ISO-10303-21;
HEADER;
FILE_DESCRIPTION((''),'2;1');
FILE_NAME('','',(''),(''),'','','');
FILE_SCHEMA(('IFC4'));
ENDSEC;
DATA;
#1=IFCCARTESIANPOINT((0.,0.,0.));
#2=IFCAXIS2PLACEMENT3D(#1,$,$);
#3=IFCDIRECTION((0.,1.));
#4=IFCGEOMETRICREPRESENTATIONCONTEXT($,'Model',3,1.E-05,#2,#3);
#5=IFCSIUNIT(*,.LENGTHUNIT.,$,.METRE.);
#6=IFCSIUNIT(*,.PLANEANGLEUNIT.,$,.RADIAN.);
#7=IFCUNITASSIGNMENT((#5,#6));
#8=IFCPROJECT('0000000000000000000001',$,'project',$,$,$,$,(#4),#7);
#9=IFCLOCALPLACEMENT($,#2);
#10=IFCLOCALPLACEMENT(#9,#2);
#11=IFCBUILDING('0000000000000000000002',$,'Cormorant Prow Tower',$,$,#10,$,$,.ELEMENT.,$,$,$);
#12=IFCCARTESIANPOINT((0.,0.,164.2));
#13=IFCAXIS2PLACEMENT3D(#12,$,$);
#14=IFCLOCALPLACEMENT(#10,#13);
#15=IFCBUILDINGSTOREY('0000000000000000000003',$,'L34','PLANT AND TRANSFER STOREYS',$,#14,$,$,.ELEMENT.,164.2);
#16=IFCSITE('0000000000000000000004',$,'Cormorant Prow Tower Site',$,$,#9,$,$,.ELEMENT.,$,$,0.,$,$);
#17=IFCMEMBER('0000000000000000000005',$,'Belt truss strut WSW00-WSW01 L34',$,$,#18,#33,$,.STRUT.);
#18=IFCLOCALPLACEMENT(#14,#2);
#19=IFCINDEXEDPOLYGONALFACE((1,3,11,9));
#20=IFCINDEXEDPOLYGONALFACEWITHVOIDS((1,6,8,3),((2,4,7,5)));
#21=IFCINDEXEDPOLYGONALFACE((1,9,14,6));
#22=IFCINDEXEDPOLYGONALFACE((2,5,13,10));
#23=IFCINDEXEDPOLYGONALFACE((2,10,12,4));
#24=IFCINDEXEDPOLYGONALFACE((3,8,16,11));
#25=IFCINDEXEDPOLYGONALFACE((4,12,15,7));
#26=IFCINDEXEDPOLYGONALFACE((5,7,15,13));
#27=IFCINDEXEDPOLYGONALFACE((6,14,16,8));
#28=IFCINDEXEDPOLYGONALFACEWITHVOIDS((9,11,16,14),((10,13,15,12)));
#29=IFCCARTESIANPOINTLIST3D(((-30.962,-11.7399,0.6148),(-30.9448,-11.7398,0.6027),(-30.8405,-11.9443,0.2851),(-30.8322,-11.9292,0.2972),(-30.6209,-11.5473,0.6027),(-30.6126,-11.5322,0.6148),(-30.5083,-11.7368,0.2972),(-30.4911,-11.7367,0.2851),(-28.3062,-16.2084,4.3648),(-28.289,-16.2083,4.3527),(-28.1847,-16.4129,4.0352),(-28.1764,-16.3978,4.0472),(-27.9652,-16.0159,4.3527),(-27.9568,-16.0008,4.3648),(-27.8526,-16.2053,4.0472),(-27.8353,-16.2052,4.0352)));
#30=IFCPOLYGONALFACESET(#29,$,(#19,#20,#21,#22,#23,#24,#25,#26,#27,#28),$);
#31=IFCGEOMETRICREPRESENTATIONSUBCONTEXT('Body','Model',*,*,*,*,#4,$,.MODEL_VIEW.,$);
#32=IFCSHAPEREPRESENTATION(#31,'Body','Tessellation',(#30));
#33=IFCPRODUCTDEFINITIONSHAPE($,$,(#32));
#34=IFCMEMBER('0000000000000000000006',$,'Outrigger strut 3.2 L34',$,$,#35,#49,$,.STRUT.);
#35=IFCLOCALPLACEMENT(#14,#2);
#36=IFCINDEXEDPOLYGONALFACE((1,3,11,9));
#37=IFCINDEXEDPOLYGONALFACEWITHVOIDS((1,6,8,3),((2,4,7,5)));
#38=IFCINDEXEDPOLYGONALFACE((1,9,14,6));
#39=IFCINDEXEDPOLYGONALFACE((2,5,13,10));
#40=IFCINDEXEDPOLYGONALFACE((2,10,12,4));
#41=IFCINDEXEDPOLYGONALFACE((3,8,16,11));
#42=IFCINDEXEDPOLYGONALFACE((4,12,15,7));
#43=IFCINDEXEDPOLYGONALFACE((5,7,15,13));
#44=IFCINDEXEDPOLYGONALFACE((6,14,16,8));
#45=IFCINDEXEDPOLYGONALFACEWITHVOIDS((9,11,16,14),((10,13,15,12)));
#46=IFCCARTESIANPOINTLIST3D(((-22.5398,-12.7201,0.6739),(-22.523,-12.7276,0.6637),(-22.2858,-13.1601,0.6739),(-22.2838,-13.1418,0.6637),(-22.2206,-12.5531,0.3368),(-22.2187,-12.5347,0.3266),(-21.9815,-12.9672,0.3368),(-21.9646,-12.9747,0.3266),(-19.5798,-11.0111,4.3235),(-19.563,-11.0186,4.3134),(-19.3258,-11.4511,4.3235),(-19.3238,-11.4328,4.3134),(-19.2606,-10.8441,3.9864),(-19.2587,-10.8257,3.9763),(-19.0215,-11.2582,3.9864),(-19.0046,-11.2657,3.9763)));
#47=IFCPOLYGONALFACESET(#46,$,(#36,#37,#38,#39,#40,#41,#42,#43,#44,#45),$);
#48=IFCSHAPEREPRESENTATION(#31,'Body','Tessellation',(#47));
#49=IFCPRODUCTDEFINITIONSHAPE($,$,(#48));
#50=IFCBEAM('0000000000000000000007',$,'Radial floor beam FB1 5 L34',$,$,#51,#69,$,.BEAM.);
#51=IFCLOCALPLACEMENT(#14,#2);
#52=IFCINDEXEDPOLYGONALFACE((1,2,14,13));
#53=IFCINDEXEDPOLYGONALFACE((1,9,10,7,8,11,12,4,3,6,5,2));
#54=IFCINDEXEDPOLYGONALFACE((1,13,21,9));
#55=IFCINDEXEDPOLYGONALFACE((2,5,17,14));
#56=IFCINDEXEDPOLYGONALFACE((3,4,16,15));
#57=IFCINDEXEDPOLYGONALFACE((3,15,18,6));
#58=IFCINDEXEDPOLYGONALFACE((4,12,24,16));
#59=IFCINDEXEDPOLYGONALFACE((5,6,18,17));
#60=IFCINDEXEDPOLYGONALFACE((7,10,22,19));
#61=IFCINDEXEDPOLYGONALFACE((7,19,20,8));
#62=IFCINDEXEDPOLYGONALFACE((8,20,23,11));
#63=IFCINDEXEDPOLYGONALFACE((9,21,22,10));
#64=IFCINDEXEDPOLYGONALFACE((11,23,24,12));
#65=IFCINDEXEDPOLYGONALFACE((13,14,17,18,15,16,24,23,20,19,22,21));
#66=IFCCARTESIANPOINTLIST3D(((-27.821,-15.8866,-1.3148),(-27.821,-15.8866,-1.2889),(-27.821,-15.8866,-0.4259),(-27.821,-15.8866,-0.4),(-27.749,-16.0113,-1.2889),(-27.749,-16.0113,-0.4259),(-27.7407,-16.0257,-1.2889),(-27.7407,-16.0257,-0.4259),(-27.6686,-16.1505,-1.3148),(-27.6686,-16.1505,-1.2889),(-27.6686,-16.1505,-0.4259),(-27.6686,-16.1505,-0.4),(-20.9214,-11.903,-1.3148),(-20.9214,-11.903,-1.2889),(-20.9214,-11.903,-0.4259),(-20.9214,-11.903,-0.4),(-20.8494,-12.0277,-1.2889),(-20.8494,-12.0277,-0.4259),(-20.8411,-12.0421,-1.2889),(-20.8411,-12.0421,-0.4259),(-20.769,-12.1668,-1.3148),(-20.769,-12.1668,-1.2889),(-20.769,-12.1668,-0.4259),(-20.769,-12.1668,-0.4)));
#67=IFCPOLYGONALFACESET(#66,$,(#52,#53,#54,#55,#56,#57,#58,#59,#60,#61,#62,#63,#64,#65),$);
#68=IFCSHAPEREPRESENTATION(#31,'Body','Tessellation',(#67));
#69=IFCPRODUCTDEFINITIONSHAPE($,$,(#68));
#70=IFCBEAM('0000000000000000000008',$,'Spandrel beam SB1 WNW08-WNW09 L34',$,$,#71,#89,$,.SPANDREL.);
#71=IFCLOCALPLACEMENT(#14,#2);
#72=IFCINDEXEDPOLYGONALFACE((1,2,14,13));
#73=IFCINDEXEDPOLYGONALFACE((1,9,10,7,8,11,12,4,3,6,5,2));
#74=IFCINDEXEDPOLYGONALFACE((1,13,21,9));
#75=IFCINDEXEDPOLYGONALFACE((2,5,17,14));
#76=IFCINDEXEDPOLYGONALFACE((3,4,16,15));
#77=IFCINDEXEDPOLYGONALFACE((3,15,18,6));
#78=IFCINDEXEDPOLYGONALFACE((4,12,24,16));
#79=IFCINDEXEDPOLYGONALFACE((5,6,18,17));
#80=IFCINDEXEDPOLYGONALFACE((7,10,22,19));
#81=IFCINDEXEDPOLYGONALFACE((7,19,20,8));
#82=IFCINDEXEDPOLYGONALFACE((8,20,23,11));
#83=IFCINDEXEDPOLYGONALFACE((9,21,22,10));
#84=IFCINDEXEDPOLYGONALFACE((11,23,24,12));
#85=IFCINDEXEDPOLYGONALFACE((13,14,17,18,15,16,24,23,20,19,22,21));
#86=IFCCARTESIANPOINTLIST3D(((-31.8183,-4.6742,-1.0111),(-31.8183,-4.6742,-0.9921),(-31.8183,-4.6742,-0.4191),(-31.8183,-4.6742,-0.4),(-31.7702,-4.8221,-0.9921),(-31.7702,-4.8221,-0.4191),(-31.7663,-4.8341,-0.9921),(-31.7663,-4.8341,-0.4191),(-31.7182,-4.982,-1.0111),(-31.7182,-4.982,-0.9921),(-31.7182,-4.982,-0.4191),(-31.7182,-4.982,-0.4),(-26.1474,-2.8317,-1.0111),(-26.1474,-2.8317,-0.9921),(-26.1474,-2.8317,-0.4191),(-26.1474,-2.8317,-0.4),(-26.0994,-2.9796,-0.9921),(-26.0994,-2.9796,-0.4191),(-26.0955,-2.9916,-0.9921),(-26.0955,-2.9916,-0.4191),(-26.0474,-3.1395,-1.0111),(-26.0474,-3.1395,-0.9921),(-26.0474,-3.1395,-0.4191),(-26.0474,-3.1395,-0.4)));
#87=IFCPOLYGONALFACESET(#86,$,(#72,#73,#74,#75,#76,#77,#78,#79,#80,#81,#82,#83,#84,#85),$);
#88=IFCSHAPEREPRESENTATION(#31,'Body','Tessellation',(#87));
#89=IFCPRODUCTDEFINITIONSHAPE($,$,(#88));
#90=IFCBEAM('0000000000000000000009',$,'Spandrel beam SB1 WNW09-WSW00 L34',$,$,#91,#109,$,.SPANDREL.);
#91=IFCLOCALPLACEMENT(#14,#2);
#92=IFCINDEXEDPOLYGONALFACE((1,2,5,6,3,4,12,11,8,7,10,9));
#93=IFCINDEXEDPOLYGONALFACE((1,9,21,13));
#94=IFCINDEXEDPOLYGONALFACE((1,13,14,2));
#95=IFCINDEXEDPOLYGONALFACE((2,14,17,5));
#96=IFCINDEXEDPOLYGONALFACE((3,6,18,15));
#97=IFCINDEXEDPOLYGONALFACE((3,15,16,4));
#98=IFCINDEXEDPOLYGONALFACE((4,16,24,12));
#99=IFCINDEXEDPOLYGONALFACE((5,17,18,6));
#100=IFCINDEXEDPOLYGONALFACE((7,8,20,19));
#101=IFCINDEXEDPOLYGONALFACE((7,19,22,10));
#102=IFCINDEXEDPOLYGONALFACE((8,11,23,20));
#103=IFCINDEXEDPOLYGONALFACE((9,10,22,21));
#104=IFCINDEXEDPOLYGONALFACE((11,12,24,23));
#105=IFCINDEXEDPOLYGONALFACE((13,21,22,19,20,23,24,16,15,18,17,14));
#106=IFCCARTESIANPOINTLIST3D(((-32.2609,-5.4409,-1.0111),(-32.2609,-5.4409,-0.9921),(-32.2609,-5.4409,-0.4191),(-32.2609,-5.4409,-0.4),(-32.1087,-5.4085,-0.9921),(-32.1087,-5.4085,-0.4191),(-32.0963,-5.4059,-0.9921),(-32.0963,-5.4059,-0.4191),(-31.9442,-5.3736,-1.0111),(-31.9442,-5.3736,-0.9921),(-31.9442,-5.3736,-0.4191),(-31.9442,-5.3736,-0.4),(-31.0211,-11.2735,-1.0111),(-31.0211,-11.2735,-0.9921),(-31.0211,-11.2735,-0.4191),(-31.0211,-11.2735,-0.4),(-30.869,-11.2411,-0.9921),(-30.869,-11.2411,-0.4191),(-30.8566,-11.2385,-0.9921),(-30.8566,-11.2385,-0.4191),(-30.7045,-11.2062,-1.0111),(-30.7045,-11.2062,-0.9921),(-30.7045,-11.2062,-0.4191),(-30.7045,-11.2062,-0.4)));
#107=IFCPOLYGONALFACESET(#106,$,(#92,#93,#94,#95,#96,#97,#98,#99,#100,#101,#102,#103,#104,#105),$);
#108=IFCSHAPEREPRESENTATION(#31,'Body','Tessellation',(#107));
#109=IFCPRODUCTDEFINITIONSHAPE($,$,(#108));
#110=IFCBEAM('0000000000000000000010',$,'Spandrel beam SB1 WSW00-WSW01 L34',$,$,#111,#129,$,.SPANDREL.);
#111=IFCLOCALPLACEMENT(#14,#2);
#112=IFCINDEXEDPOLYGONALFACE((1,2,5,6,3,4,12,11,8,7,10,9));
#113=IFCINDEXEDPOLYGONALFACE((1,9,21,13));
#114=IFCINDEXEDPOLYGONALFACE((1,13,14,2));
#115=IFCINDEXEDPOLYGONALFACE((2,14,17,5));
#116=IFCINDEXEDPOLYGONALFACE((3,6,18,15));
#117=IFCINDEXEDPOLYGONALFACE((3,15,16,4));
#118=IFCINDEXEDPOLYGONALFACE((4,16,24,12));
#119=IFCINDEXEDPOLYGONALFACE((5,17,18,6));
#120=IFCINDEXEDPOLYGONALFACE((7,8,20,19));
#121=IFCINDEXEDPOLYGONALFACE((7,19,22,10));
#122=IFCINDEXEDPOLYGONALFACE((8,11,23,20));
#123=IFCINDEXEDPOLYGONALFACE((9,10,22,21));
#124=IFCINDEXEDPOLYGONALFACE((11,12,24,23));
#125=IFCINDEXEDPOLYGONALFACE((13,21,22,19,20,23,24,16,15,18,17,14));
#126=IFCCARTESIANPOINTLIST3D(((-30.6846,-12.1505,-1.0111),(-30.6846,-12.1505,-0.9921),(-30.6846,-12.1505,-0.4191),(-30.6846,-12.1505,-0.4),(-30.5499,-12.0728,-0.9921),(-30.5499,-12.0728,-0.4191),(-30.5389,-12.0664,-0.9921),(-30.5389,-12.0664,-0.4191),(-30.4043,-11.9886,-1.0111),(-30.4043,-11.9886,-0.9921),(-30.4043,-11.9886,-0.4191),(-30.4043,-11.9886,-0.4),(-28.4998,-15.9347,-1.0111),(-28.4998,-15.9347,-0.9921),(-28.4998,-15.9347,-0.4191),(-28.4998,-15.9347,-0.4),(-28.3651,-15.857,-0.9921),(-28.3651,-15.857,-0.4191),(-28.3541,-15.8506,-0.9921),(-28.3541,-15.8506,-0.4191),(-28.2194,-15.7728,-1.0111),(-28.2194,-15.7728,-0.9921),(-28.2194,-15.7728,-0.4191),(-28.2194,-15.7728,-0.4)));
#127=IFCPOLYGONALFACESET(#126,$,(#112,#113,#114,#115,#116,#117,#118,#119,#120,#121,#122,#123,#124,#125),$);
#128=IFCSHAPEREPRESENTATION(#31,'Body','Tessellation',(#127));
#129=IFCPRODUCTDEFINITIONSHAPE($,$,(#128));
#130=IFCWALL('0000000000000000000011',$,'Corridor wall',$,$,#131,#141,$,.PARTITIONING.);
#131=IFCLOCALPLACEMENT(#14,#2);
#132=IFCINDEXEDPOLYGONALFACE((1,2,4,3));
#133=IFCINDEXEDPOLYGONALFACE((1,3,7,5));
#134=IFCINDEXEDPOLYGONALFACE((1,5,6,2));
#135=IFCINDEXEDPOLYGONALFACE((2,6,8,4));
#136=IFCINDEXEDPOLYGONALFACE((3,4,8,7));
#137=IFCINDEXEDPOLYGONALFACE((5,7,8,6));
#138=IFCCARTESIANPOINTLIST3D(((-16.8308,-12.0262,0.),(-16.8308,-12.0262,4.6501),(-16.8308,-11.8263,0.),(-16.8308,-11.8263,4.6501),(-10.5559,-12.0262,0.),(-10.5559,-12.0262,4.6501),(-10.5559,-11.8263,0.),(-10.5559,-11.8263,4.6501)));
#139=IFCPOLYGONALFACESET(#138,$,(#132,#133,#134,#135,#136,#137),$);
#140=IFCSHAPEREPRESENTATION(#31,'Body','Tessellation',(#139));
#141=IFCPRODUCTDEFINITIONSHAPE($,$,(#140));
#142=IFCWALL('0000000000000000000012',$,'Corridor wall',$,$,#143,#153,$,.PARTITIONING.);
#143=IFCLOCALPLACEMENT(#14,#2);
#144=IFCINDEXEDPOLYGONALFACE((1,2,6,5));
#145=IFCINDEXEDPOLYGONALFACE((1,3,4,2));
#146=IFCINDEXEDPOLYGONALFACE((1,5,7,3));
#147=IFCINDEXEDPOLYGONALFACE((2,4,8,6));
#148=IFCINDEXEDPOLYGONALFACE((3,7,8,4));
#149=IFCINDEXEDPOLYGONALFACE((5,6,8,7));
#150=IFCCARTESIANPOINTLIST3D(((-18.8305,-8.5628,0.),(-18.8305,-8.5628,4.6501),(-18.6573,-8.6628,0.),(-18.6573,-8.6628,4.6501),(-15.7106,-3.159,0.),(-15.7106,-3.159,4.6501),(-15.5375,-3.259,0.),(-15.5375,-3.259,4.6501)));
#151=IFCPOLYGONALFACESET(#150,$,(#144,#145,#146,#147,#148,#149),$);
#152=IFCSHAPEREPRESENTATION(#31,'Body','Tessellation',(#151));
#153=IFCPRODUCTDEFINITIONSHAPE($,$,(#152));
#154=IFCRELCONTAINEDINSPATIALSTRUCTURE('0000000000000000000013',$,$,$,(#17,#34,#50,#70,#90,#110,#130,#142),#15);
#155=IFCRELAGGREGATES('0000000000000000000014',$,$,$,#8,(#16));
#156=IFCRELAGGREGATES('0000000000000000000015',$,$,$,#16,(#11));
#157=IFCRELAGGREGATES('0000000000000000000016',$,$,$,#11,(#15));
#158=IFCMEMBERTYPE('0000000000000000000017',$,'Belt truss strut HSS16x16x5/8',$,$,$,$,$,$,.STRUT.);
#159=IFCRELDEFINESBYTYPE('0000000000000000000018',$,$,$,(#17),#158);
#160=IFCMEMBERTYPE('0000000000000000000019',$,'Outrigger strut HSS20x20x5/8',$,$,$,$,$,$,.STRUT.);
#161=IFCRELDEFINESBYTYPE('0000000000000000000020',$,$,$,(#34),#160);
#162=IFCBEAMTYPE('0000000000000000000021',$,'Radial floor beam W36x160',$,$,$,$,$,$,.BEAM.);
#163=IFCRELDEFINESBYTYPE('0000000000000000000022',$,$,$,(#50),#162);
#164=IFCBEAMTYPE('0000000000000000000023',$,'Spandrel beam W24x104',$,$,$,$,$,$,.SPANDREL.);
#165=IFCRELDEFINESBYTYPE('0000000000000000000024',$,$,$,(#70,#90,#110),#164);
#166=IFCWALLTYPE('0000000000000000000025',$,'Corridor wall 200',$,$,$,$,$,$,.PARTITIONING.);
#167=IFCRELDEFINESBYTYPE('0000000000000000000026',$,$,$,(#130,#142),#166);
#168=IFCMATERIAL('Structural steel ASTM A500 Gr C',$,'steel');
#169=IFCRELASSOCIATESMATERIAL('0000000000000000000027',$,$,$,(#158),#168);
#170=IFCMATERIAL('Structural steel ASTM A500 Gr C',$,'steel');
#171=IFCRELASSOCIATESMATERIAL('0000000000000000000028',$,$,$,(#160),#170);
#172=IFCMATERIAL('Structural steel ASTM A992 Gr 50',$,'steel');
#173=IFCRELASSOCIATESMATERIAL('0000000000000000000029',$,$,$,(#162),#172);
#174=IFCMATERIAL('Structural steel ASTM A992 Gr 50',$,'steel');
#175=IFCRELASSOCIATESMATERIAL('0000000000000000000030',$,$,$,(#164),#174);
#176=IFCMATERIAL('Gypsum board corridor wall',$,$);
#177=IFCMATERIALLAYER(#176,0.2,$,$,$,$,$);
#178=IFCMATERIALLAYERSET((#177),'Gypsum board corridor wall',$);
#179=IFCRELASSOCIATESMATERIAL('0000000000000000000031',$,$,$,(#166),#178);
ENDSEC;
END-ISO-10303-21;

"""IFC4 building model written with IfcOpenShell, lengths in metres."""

from ifc_helpers import new_model, si_unit, direction, frame, frame_2d, origin, origin_2d, place, context, subcontext, project, spatial, rectangle, hollow_rectangle, i_section, extrude, material, layer, layer_set, material_profile, profile_set, type_object, element, save


model = new_model("IFC4")

# Units and contexts
model_context = context("Model", 3, precision=1e-05, world=origin(), true_north=direction((0.0, 1.0)))
body_context = subcontext(model_context, "Body", "Model", "MODEL_VIEW")
ifc_project = project(units=[si_unit("LENGTHUNIT", "METRE"), si_unit("PLANEANGLEUNIT", "RADIAN")], contexts=[model_context])

# Site, building, storey
site_placement = place(None, origin())
site = spatial("IfcSite", under=ifc_project, at=site_placement, Name="Cormorant Prow Tower Site", CompositionType="ELEMENT", RefElevation=0.0)
building_placement = place(site_placement, origin())
building = spatial("IfcBuilding", under=site, at=building_placement, Name="Cormorant Prow Tower", CompositionType="ELEMENT")
storey_placement = place(building_placement, frame((0.0, 0.0, 164.2)))
storey = spatial("IfcBuildingStorey", under=building, at=storey_placement, Name="L34", Description="PLANT AND TRANSFER STOREYS", CompositionType="ELEMENT", Elevation=164.2)

# Members
ifc_material_1 = material(Name="Structural steel ASTM A500 Gr C", Category="steel")
ifc_material_profile_1 = material_profile(ifc_material_1, hollow_rectangle(XDim=0.4065, YDim=0.4065, WallThickness=0.0149, at=origin_2d()), Name="HSS16x16x5/8")
ifc_profile_set_1 = profile_set([ifc_material_profile_1], Name="Structural steel ASTM A500 Gr C")
member_type_1 = type_object("IfcMemberType", Name="Belt truss strut HSS16x16x5/8", PredefinedType="STRUT", material=ifc_profile_set_1)
member_1_placement = place(storey_placement, frame((-30.7266, -11.7383, 0.45), z_axis=(0.414341, -0.697157, 0.585059), x_axis=(0.859636, 0.510907, 0.0)))
element("IfcMember", 1, at=member_1_placement, inside=storey, type_object=member_type_1, Name="Belt truss strut WSW00-WSW01 L34", PredefinedType="STRUT", context=body_context, shape_type="SweptSolid", body=[
    extrude(hollow_rectangle(XDim=0.4065, YDim=0.4065, WallThickness=0.0149, at=origin_2d()), origin(), (0.0, 0.0, 1.0), 6.4097),
])
ifc_material_2 = material(Name="Structural steel ASTM A500 Gr C", Category="steel")
ifc_material_profile_2 = material_profile(ifc_material_2, hollow_rectangle(XDim=0.5081, YDim=0.5081, WallThickness=0.0149, at=origin_2d()), Name="HSS20x20x5/8")
ifc_profile_set_2 = profile_set([ifc_material_profile_2], Name="Structural steel ASTM A500 Gr C")
member_type_2 = type_object("IfcMemberType", Name="Outrigger strut HSS20x20x5/8", PredefinedType="STRUT", material=ifc_profile_set_2)
member_2_placement = place(storey_placement, frame((-19.2922, -11.1384, 4.1499), z_axis=(-0.591968, -0.341783, -0.729902), x_axis=(0.500011, -0.866019, 0.0)))
element("IfcMember", 2, at=member_2_placement, inside=storey, type_object=member_type_2, Name="Outrigger strut 3.2 L34", PredefinedType="STRUT", context=body_context, shape_type="SweptSolid", body=[
    extrude(hollow_rectangle(XDim=0.5081, YDim=0.5081, WallThickness=0.0149, at=origin_2d()), origin(), (0.0, 0.0, 1.0), 5.0002),
])

# Beams
ifc_material_3 = material(Name="Structural steel ASTM A992 Gr 50", Category="steel")
ifc_material_profile_3 = material_profile(ifc_material_3, i_section(OverallWidth=0.3047, OverallDepth=0.9148, WebThickness=0.0166, FlangeThickness=0.0259, at=origin_2d()), Name="W36x160")
ifc_profile_set_3 = profile_set([ifc_material_profile_3], Name="Structural steel ASTM A992 Gr 50")
beam_type_1 = type_object("IfcBeamType", Name="Radial floor beam W36x160", PredefinedType="BEAM", material=ifc_profile_set_3)
beam_1_placement = place(storey_placement, frame((-20.8452, -12.0349, -0.8574), z_axis=(-0.866019, -0.500012, 0.0), x_axis=(0.500012, -0.866019, 0.0)))
element("IfcBeam", 3, at=beam_1_placement, inside=storey, type_object=beam_type_1, Name="Radial floor beam FB1 5 L34", PredefinedType="BEAM", context=body_context, shape_type="SweptSolid", body=[
    extrude(i_section(OverallWidth=0.3047, OverallDepth=0.9148, WebThickness=0.0166, FlangeThickness=0.0259, at=origin_2d()), origin(), (0.0, 0.0, 1.0), 7.967),
])
ifc_material_4 = material(Name="Structural steel ASTM A992 Gr 50", Category="steel")
ifc_material_profile_4 = material_profile(ifc_material_4, i_section(OverallWidth=0.3237, OverallDepth=0.6111, WebThickness=0.0127, FlangeThickness=0.019, at=origin_2d()), Name="W24x104")
ifc_profile_set_4 = profile_set([ifc_material_profile_4], Name="Structural steel ASTM A992 Gr 50")
beam_type_2 = type_object("IfcBeamType", Name="Spandrel beam W24x104", PredefinedType="SPANDREL", material=ifc_profile_set_4)
beam_2_placement = place(storey_placement, frame((-26.0974, -2.9856, -0.7056), z_axis=(-0.951059, -0.309008, 0.0), x_axis=(0.309008, -0.951059, 0.0)))
element("IfcBeam", 4, at=beam_2_placement, inside=storey, type_object=beam_type_2, Name="Spandrel beam SB1 WNW08-WNW09 L34", PredefinedType="SPANDREL", context=body_context, shape_type="SweptSolid", body=[
    extrude(i_section(OverallWidth=0.3237, OverallDepth=0.6111, WebThickness=0.0127, FlangeThickness=0.019, at=origin_2d()), origin(), (0.0, 0.0, 1.0), 5.9626),
])
beam_3_placement = place(storey_placement, frame((-32.1025, -5.4072, -0.7056), z_axis=(0.207913, -0.978147, 0.0), x_axis=(0.978147, 0.207913, 0.0)))
element("IfcBeam", 5, at=beam_3_placement, inside=storey, type_object=beam_type_2, Name="Spandrel beam SB1 WNW09-WSW00 L34", PredefinedType="SPANDREL", context=body_context, shape_type="SweptSolid", body=[
    extrude(i_section(OverallWidth=0.3237, OverallDepth=0.6111, WebThickness=0.0127, FlangeThickness=0.019, at=origin_2d()), origin(), (0.0, 0.0, 1.0), 5.9629),
])
beam_4_placement = place(storey_placement, frame((-30.5444, -12.0696, -0.7056), z_axis=(0.500003, -0.866024, 0.0), x_axis=(0.866024, 0.500003, 0.0)))
element("IfcBeam", 6, at=beam_4_placement, inside=storey, type_object=beam_type_2, Name="Spandrel beam SB1 WSW00-WSW01 L34", PredefinedType="SPANDREL", context=body_context, shape_type="SweptSolid", body=[
    extrude(i_section(OverallWidth=0.3237, OverallDepth=0.6111, WebThickness=0.0127, FlangeThickness=0.019, at=origin_2d()), origin(), (0.0, 0.0, 1.0), 4.3696),
])

# Walls
ifc_material_5 = material(Name="Gypsum board corridor wall")
ifc_layer_1 = layer(ifc_material_5, 0.2)
ifc_layer_set_1 = layer_set([ifc_layer_1], Name="Gypsum board corridor wall")
wall_type_1 = type_object("IfcWallType", Name="Corridor wall 200", PredefinedType="PARTITIONING", material=ifc_layer_set_1)
wall_1_placement = place(storey_placement, frame((-16.8308, -11.9263, 0.0), z_axis=(0.0, 0.0, 1.0), x_axis=(1.0, 0.0, 0.0)))
element("IfcWall", 7, at=wall_1_placement, inside=storey, type_object=wall_type_1, Name="Corridor wall", PredefinedType="PARTITIONING", context=body_context, shape_type="SweptSolid", body=[
    extrude(rectangle(XDim=6.2749, YDim=0.2, at=frame_2d((3.1375, 0.0))), origin(), (0.0, 0.0, 1.0), 4.6501),
])
wall_2_placement = place(storey_placement, frame((-18.7439, -8.6128, 0.0), z_axis=(0.0, 0.0, 1.0), x_axis=(0.499998, 0.866027, 0.0)))
element("IfcWall", 8, at=wall_2_placement, inside=storey, type_object=wall_type_1, Name="Corridor wall", PredefinedType="PARTITIONING", context=body_context, shape_type="SweptSolid", body=[
    extrude(rectangle(XDim=6.2397, YDim=0.2, at=frame_2d((3.1199, 0.0))), origin(), (0.0, 0.0, 1.0), 4.6501),
])

save(model, "model.ifc")
